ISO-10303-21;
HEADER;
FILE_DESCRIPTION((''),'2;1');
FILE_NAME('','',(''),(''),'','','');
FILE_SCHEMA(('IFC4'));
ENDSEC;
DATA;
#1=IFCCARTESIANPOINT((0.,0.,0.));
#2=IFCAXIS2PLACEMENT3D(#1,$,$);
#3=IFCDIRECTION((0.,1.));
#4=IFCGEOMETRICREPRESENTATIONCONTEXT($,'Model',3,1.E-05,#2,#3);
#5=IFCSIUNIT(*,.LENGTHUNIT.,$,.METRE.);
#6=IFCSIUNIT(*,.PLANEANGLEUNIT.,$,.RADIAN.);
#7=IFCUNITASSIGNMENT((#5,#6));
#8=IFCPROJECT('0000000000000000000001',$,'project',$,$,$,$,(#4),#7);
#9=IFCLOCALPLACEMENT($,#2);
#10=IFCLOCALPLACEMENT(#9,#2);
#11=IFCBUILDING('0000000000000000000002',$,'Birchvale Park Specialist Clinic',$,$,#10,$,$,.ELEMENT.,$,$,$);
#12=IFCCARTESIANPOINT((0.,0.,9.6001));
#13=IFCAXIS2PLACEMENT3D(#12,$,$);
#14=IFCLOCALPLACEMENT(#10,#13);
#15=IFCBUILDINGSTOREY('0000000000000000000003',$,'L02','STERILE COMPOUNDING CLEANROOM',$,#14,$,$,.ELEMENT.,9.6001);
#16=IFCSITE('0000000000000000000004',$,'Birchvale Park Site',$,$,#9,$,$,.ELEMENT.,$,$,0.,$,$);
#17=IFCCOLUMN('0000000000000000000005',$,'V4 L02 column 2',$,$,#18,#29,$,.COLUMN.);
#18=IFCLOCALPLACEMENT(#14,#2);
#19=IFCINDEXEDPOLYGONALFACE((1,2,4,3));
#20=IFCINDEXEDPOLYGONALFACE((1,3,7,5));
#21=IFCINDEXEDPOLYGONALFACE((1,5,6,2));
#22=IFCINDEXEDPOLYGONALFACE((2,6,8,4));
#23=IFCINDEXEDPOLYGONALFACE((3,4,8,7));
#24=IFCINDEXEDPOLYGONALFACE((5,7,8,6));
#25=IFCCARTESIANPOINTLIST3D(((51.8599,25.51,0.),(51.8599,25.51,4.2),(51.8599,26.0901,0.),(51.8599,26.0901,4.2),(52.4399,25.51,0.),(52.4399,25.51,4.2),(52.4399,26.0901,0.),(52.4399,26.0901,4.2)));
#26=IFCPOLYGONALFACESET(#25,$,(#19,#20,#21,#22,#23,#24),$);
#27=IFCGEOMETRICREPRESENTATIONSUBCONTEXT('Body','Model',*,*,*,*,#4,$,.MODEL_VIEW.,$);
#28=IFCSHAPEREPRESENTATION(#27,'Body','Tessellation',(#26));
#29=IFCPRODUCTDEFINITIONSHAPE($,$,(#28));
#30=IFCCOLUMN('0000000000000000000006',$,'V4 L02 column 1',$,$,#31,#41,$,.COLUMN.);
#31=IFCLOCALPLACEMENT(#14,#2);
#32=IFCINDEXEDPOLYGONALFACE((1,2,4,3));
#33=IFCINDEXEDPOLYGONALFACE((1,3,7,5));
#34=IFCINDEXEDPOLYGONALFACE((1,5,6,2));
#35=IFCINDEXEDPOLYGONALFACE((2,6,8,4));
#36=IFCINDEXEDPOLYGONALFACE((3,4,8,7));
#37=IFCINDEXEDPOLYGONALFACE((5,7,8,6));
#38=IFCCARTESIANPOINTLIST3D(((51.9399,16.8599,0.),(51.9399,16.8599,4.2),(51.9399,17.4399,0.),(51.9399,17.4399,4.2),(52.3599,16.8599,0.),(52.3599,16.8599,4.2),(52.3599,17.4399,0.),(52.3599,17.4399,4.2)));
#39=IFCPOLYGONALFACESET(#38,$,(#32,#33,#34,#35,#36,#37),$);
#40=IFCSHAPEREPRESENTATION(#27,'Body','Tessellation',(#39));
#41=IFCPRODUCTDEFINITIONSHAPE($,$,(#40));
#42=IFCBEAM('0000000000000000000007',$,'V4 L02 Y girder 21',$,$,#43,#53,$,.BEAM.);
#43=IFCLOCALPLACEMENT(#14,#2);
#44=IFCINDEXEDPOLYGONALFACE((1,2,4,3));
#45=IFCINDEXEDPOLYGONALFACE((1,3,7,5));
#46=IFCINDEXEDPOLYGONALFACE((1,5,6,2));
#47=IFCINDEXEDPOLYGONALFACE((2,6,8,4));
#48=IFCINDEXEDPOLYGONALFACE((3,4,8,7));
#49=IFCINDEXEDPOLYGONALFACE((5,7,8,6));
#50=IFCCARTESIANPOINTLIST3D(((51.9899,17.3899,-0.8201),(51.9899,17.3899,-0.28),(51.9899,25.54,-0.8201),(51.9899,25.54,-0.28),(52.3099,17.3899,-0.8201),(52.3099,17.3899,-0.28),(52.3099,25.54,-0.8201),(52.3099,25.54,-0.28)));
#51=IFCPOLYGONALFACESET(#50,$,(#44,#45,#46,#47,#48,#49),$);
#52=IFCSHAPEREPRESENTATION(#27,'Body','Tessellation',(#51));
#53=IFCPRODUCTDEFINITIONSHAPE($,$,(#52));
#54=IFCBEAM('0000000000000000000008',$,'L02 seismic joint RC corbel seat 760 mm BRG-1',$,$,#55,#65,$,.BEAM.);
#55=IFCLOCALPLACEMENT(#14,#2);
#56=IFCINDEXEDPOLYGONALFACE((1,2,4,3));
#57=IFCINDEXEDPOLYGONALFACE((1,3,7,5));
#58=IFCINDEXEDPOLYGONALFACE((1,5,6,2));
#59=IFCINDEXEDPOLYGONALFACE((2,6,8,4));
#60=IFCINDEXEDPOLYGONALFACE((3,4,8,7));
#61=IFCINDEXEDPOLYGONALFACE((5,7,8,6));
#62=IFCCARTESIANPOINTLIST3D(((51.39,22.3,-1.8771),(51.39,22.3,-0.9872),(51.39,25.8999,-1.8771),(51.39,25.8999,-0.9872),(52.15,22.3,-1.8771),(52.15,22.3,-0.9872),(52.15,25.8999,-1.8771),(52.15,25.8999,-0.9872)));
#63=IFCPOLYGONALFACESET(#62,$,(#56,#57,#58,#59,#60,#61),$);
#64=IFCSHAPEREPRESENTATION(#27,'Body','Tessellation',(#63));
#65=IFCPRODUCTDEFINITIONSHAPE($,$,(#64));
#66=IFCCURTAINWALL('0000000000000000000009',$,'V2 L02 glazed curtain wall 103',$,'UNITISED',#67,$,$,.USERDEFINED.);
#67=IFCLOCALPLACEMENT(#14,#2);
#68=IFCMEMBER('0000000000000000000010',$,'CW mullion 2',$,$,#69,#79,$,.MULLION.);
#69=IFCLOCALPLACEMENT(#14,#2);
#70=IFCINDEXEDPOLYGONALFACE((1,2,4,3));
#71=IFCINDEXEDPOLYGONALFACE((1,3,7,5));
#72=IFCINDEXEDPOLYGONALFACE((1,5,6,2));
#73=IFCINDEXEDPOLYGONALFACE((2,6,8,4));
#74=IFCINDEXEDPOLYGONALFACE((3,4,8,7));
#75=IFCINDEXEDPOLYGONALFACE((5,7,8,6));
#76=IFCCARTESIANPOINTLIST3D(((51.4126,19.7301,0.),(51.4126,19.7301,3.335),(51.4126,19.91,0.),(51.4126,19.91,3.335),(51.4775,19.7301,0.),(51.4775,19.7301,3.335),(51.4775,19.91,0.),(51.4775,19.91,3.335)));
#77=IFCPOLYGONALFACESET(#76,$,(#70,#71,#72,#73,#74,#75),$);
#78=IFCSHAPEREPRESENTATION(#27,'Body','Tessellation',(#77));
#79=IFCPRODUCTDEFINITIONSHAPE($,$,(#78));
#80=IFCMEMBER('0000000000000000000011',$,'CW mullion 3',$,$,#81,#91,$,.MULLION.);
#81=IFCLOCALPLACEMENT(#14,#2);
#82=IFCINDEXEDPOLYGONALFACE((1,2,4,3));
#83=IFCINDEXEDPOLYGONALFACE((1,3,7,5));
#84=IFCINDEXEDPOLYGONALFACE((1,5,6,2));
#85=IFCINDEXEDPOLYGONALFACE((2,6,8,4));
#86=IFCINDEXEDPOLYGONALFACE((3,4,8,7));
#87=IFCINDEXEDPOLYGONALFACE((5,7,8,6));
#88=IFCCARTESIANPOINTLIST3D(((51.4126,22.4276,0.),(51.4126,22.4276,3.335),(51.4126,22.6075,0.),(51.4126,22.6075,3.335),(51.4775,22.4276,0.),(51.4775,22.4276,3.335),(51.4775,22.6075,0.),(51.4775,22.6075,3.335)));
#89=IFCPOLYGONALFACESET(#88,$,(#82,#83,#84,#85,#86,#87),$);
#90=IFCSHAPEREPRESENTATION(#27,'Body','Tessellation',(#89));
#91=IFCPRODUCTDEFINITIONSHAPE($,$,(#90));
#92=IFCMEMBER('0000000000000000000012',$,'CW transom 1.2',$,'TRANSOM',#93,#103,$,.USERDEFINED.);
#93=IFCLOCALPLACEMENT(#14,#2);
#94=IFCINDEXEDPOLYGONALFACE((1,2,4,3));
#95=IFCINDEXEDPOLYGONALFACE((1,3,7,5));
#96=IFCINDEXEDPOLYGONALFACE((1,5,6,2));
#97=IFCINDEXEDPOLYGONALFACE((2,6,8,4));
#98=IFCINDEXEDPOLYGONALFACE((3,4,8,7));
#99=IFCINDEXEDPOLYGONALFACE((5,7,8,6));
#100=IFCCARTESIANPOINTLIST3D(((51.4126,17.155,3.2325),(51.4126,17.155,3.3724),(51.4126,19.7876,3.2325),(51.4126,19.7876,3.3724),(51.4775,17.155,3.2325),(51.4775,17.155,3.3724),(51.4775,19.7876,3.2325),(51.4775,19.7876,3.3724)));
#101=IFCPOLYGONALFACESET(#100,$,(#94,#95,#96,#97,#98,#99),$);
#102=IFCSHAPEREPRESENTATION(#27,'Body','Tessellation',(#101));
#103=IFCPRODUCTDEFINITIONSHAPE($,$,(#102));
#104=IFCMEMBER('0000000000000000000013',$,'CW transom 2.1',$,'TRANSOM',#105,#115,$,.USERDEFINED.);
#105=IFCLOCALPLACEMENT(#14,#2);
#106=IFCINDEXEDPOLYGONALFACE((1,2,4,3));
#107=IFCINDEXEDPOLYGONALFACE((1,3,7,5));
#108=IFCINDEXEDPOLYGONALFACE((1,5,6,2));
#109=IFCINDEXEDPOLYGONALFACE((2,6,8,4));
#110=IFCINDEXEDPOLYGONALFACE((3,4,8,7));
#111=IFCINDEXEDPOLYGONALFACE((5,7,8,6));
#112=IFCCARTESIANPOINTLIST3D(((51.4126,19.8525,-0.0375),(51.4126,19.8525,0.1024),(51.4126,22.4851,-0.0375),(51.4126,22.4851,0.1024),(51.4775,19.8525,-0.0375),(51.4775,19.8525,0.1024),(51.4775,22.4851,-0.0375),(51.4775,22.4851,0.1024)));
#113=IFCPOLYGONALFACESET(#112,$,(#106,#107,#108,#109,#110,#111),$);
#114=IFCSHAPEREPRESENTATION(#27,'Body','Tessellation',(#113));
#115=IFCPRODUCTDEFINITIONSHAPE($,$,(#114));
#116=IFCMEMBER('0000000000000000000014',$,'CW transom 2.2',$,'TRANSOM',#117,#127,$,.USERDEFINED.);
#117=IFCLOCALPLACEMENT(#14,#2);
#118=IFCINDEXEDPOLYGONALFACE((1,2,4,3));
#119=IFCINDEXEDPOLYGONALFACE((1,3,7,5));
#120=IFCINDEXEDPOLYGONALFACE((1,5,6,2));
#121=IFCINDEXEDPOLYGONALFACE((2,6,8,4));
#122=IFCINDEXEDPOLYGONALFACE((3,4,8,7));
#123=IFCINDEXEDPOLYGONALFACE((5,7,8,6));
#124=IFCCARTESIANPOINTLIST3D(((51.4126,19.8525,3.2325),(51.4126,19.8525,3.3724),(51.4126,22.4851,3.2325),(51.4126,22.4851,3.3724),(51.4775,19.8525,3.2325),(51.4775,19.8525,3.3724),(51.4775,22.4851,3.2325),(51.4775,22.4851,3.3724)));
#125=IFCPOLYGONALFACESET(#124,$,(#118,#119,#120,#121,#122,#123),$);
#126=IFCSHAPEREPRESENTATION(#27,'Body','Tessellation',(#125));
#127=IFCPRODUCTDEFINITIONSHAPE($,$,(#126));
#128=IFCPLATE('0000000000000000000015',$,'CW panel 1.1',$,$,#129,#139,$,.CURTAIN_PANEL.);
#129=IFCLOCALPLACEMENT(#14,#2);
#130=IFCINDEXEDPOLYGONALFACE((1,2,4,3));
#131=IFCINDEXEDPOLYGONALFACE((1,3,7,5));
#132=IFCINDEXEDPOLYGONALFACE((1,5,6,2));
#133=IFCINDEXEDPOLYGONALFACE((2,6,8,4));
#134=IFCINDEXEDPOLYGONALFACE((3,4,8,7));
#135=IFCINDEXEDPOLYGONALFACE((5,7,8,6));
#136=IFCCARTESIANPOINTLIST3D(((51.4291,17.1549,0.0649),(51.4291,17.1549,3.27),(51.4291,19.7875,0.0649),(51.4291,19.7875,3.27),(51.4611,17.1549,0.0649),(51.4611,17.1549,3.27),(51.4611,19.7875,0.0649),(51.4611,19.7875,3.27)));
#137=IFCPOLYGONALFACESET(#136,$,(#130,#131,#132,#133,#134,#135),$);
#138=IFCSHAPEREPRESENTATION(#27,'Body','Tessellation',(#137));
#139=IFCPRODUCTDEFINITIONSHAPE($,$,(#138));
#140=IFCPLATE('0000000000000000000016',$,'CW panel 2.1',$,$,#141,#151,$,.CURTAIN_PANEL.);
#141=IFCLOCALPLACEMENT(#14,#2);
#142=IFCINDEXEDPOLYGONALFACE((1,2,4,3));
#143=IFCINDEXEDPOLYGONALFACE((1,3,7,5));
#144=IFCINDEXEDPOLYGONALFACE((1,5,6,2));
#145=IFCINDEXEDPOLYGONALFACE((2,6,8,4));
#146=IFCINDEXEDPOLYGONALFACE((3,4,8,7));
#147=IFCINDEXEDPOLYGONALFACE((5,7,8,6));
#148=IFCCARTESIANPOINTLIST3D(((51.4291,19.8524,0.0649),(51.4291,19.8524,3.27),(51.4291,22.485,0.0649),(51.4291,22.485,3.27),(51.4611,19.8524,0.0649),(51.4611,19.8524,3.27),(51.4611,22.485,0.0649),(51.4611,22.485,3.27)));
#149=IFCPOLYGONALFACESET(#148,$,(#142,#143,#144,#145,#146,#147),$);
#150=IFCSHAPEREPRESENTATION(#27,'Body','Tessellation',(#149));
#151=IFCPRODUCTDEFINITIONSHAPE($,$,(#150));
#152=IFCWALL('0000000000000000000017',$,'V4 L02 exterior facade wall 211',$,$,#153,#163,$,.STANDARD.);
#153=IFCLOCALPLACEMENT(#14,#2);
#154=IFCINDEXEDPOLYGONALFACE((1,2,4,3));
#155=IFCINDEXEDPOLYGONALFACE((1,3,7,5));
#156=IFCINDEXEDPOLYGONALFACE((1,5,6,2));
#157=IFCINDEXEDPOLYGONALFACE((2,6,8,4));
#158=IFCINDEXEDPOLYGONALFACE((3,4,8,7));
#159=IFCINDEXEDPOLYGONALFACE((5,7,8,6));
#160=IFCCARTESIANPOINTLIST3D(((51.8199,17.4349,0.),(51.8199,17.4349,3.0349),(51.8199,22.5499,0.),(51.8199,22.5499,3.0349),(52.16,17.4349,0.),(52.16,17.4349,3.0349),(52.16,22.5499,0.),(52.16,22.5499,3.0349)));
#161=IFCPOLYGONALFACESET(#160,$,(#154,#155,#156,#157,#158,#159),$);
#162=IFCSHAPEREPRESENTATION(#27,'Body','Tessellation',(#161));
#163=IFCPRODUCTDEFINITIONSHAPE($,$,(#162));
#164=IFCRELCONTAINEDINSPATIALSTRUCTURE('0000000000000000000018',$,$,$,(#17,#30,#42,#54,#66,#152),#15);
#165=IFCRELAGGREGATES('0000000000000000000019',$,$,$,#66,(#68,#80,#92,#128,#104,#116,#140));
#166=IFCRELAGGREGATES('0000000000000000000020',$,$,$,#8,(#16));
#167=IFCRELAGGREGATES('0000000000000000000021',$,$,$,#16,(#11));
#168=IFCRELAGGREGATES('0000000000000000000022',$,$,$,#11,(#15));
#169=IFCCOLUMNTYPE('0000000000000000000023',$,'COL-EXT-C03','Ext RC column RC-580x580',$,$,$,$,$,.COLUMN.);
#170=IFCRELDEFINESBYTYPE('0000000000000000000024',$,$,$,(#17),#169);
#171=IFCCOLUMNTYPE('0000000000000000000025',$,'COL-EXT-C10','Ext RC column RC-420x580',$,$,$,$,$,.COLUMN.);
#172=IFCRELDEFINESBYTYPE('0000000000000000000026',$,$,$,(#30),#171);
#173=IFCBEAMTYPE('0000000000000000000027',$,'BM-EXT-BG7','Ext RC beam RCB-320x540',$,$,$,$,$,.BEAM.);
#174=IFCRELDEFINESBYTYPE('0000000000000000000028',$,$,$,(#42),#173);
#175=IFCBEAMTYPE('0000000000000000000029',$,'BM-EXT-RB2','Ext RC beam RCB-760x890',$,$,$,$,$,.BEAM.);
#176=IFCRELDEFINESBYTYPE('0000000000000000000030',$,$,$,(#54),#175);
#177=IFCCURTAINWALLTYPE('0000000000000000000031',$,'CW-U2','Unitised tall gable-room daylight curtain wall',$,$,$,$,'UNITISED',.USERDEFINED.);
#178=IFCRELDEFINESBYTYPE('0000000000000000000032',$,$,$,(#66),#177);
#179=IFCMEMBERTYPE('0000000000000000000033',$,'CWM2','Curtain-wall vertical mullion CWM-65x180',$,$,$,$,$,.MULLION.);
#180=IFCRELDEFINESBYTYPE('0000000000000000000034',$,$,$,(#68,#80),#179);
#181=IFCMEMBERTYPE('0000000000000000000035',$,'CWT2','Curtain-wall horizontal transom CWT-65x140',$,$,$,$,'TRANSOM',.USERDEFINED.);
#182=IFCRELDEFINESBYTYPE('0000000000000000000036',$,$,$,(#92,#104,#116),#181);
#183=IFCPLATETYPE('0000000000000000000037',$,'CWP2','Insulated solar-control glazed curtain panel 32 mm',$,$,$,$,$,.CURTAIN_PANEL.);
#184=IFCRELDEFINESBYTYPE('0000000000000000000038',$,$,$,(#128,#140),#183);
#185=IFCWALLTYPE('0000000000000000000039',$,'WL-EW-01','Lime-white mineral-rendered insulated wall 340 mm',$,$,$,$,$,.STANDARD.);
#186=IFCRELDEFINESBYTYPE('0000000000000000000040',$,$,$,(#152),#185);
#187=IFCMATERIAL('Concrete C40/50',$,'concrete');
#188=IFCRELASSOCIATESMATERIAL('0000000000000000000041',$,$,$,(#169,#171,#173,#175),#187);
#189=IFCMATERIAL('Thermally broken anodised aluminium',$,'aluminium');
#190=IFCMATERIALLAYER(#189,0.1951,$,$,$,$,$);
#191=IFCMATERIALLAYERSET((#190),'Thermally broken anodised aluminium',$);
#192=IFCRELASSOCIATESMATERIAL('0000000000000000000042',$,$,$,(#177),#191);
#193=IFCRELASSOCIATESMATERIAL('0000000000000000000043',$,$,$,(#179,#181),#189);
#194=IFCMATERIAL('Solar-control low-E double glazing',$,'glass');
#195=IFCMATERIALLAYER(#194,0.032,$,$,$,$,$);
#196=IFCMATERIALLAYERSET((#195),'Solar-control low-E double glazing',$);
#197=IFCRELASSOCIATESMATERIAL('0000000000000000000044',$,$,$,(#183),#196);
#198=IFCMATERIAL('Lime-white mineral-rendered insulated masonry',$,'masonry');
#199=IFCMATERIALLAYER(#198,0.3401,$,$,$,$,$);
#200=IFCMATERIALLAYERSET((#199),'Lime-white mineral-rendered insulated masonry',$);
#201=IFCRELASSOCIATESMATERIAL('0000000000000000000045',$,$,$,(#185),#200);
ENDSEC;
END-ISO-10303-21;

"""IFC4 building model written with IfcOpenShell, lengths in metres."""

from ifc_helpers import new_model, si_unit, direction, frame, frame_2d, origin, origin_2d, place, context, subcontext, project, spatial, rectangle, extrude, material, layer, layer_set, material_profile, profile_set, type_object, element, aggregate, save


model = new_model("IFC4")

# Units and contexts
model_context = context("Model", 3, precision=1e-05, world=origin(), true_north=direction((0.0, 1.0)))
body_context = subcontext(model_context, "Body", "Model", "MODEL_VIEW")
ifc_project = project(units=[si_unit("LENGTHUNIT", "METRE"), si_unit("PLANEANGLEUNIT", "RADIAN")], contexts=[model_context])

# Site, building, storey
site_placement = place(None, origin())
site = spatial("IfcSite", under=ifc_project, at=site_placement, Name="Birchvale Park Site", CompositionType="ELEMENT", RefElevation=0.0)
building_placement = place(site_placement, origin())
building = spatial("IfcBuilding", under=site, at=building_placement, Name="Birchvale Park Specialist Clinic", CompositionType="ELEMENT")
storey_placement = place(building_placement, frame((0.0, 0.0, 9.6001)))
storey = spatial("IfcBuildingStorey", under=building, at=storey_placement, Name="L02", Description="STERILE COMPOUNDING CLEANROOM", CompositionType="ELEMENT", Elevation=9.6001)

# Columns
ifc_material_1 = material(Name="Concrete C40/50", Category="concrete")
ifc_material_profile_1 = material_profile(ifc_material_1, rectangle(XDim=0.5801, YDim=0.5801, at=origin_2d()), Name="RC-580x580")
ifc_profile_set_1 = profile_set([ifc_material_profile_1], Name="Concrete C40/50")
column_type_1 = type_object("IfcColumnType", Name="COL-EXT-C03", Description="Ext RC column RC-580x580", PredefinedType="COLUMN", material=ifc_profile_set_1)
column_1_placement = place(storey_placement, frame((52.1499, 25.8, 0.0), z_axis=(0.0, 0.0, 1.0), x_axis=(1.0, 0.0, 0.0)))
element("IfcColumn", 1, at=column_1_placement, inside=storey, type_object=column_type_1, Name="V4 L02 column 2", PredefinedType="COLUMN", context=body_context, shape_type="SweptSolid", body=[
    extrude(rectangle(XDim=0.5801, YDim=0.5801, at=origin_2d()), origin(), (0.0, 0.0, 1.0), 4.2),
])
ifc_material_profile_2 = material_profile(ifc_material_1, rectangle(XDim=0.4199, YDim=0.5801, at=origin_2d()), Name="RC-420x580")
ifc_profile_set_2 = profile_set([ifc_material_profile_2], Name="Concrete C40/50")
column_type_2 = type_object("IfcColumnType", Name="COL-EXT-C10", Description="Ext RC column RC-420x580", PredefinedType="COLUMN", material=ifc_profile_set_2)
column_2_placement = place(storey_placement, frame((52.1499, 17.1499, 0.0), z_axis=(0.0, 0.0, 1.0), x_axis=(1.0, 0.0, 0.0)))
element("IfcColumn", 2, at=column_2_placement, inside=storey, type_object=column_type_2, Name="V4 L02 column 1", PredefinedType="COLUMN", context=body_context, shape_type="SweptSolid", body=[
    extrude(rectangle(XDim=0.4199, YDim=0.5801, at=origin_2d()), origin(), (0.0, 0.0, 1.0), 4.2),
])

# Beams
ifc_material_profile_3 = material_profile(ifc_material_1, rectangle(XDim=0.3201, YDim=0.54, at=origin_2d()), Name="RCB-320x540")
ifc_profile_set_3 = profile_set([ifc_material_profile_3], Name="Concrete C40/50")
beam_type_1 = type_object("IfcBeamType", Name="BM-EXT-BG7", Description="Ext RC beam RCB-320x540", PredefinedType="BEAM", material=ifc_profile_set_3)
beam_1_placement = place(storey_placement, frame((52.1499, 17.3899, -0.55), z_axis=(0.0, 1.0, 0.0), x_axis=(-1.0, 0.0, 0.0)))
element("IfcBeam", 3, at=beam_1_placement, inside=storey, type_object=beam_type_1, Name="V4 L02 Y girder 21", PredefinedType="BEAM", context=body_context, shape_type="SweptSolid", body=[
    extrude(rectangle(XDim=0.3201, YDim=0.54, at=origin_2d()), origin(), (0.0, 0.0, 1.0), 8.1501),
])
ifc_material_profile_4 = material_profile(ifc_material_1, rectangle(XDim=0.76, YDim=0.8899, at=origin_2d()), Name="RCB-760x890")
ifc_profile_set_4 = profile_set([ifc_material_profile_4], Name="Concrete C40/50")
beam_type_2 = type_object("IfcBeamType", Name="BM-EXT-RB2", Description="Ext RC beam RCB-760x890", PredefinedType="BEAM", material=ifc_profile_set_4)
beam_2_placement = place(storey_placement, frame((51.77, 22.3, -1.4321), z_axis=(0.0, 1.0, 0.0), x_axis=(-1.0, 0.0, 0.0)))
element("IfcBeam", 4, at=beam_2_placement, inside=storey, type_object=beam_type_2, Name="L02 seismic joint RC corbel seat 760 mm BRG-1", PredefinedType="BEAM", context=body_context, shape_type="SweptSolid", body=[
    extrude(rectangle(XDim=0.76, YDim=0.8899, at=origin_2d()), origin(), (0.0, 0.0, 1.0), 3.5999),
])

# Curtain wall, members, plates
ifc_material_2 = material(Name="Thermally broken anodised aluminium", Category="aluminium")
ifc_layer_1 = layer(ifc_material_2, 0.1951)
ifc_layer_set_1 = layer_set([ifc_layer_1], Name="Thermally broken anodised aluminium")
curtain_wall_type = type_object("IfcCurtainWallType", Name="CW-U2", Description="Unitised tall gable-room daylight curtain wall", ElementType="UNITISED", PredefinedType="USERDEFINED", material=ifc_layer_set_1)
curtain_wall_placement = place(storey_placement, origin())
curtain_wall = element("IfcCurtainWall", 5, at=curtain_wall_placement, inside=storey, type_object=curtain_wall_type, Name="V2 L02 glazed curtain wall 103", ObjectType="UNITISED", PredefinedType="USERDEFINED")
ifc_material_profile_5 = material_profile(ifc_material_2, rectangle(XDim=0.0649, YDim=0.1799, at=origin_2d()), Name="CWM-65x180")
ifc_profile_set_5 = profile_set([ifc_material_profile_5], Name="Thermally broken anodised aluminium")
member_type_1 = type_object("IfcMemberType", Name="CWM2", Description="Curtain-wall vertical mullion CWM-65x180", PredefinedType="MULLION", material=ifc_profile_set_5)
member_1_placement = place(storey_placement, frame((51.4451, 19.8201, 0.0), z_axis=(0.0, 0.0, 1.0), x_axis=(-1.0, 0.0, 0.0)))
member_1 = element("IfcMember", 6, at=member_1_placement, type_object=member_type_1, Name="CW mullion 2", PredefinedType="MULLION", context=body_context, shape_type="SweptSolid", body=[
    extrude(rectangle(XDim=0.0649, YDim=0.1799, at=origin_2d()), origin(), (0.0, 0.0, 1.0), 3.335),
])
member_2_placement = place(storey_placement, frame((51.4451, 22.5176, 0.0), z_axis=(0.0, 0.0, 1.0), x_axis=(-1.0, 0.0, 0.0)))
member_2 = element("IfcMember", 7, at=member_2_placement, type_object=member_type_1, Name="CW mullion 3", PredefinedType="MULLION", context=body_context, shape_type="SweptSolid", body=[
    extrude(rectangle(XDim=0.0649, YDim=0.1799, at=origin_2d()), origin(), (0.0, 0.0, 1.0), 3.335),
])
ifc_material_profile_6 = material_profile(ifc_material_2, rectangle(XDim=0.0649, YDim=0.1399, at=origin_2d()), Name="CWT-65x140")
ifc_profile_set_6 = profile_set([ifc_material_profile_6], Name="Thermally broken anodised aluminium")
member_type_2 = type_object("IfcMemberType", Name="CWT2", Description="Curtain-wall horizontal transom CWT-65x140", ElementType="TRANSOM", PredefinedType="USERDEFINED", material=ifc_profile_set_6)
member_3_placement = place(storey_placement, frame((51.4451, 17.155, 3.3025), z_axis=(0.0, 1.0, 0.0), x_axis=(-1.0, 0.0, 0.0)))
member_3 = element("IfcMember", 8, at=member_3_placement, type_object=member_type_2, Name="CW transom 1.2", ObjectType="TRANSOM", PredefinedType="USERDEFINED", context=body_context, shape_type="SweptSolid", body=[
    extrude(rectangle(XDim=0.0649, YDim=0.1399, at=origin_2d()), origin(), (0.0, 0.0, 1.0), 2.6326),
])
member_4_placement = place(storey_placement, frame((51.4451, 19.8525, 0.0325), z_axis=(0.0, 1.0, 0.0), x_axis=(-1.0, 0.0, 0.0)))
member_4 = element("IfcMember", 9, at=member_4_placement, type_object=member_type_2, Name="CW transom 2.1", ObjectType="TRANSOM", PredefinedType="USERDEFINED", context=body_context, shape_type="SweptSolid", body=[
    extrude(rectangle(XDim=0.0649, YDim=0.1399, at=origin_2d()), origin(), (0.0, 0.0, 1.0), 2.6326),
])
member_5_placement = place(storey_placement, frame((51.4451, 19.8525, 3.3025), z_axis=(0.0, 1.0, 0.0), x_axis=(-1.0, 0.0, 0.0)))
member_5 = element("IfcMember", 10, at=member_5_placement, type_object=member_type_2, Name="CW transom 2.2", ObjectType="TRANSOM", PredefinedType="USERDEFINED", context=body_context, shape_type="SweptSolid", body=[
    extrude(rectangle(XDim=0.0649, YDim=0.1399, at=origin_2d()), origin(), (0.0, 0.0, 1.0), 2.6326),
])
ifc_material_3 = material(Name="Solar-control low-E double glazing", Category="glass")
ifc_layer_2 = layer(ifc_material_3, 0.032)
ifc_layer_set_2 = layer_set([ifc_layer_2], Name="Solar-control low-E double glazing")
plate_type = type_object("IfcPlateType", Name="CWP2", Description="Insulated solar-control glazed curtain panel 32 mm", PredefinedType="CURTAIN_PANEL", material=ifc_layer_set_2)
plate_1_placement = place(storey_placement, frame((51.4451, 18.4712, 0.0649), z_axis=(0.0, 0.0, 1.0), x_axis=(0.0, 1.0, 0.0)))
plate_1 = element("IfcPlate", 11, at=plate_1_placement, type_object=plate_type, Name="CW panel 1.1", PredefinedType="CURTAIN_PANEL", context=body_context, shape_type="SweptSolid", body=[
    extrude(rectangle(XDim=2.6326, YDim=0.032, at=origin_2d()), origin(), (0.0, 0.0, 1.0), 3.2051),
])
plate_2_placement = place(storey_placement, frame((51.4451, 21.1687, 0.0649), z_axis=(0.0, 0.0, 1.0), x_axis=(0.0, 1.0, 0.0)))
plate_2 = element("IfcPlate", 12, at=plate_2_placement, type_object=plate_type, Name="CW panel 2.1", PredefinedType="CURTAIN_PANEL", context=body_context, shape_type="SweptSolid", body=[
    extrude(rectangle(XDim=2.6326, YDim=0.032, at=origin_2d()), origin(), (0.0, 0.0, 1.0), 3.2051),
])
aggregate(curtain_wall, [member_1, member_2, member_3, plate_1, member_4, member_5, plate_2])

# Wall
ifc_material_4 = material(Name="Lime-white mineral-rendered insulated masonry", Category="masonry")
ifc_layer_3 = layer(ifc_material_4, 0.3401)
ifc_layer_set_3 = layer_set([ifc_layer_3], Name="Lime-white mineral-rendered insulated masonry")
wall_type_1 = type_object("IfcWallType", Name="WL-EW-01", Description="Lime-white mineral-rendered insulated wall 340 mm", PredefinedType="STANDARD", material=ifc_layer_set_3)
wall_1_placement = place(storey_placement, frame((51.99, 22.55, 0.0), z_axis=(0.0, 0.0, 1.0), x_axis=(0.0, -1.0, 0.0)))
element("IfcWall", 13, at=wall_1_placement, inside=storey, type_object=wall_type_1, Name="V4 L02 exterior facade wall 211", PredefinedType="STANDARD", context=body_context, shape_type="SweptSolid", body=[
    extrude(rectangle(XDim=5.115, YDim=0.3401, at=frame_2d((2.5576, 0.0))), origin(), (0.0, 0.0, 1.0), 3.0349),
])

save(model, "model.ifc")
